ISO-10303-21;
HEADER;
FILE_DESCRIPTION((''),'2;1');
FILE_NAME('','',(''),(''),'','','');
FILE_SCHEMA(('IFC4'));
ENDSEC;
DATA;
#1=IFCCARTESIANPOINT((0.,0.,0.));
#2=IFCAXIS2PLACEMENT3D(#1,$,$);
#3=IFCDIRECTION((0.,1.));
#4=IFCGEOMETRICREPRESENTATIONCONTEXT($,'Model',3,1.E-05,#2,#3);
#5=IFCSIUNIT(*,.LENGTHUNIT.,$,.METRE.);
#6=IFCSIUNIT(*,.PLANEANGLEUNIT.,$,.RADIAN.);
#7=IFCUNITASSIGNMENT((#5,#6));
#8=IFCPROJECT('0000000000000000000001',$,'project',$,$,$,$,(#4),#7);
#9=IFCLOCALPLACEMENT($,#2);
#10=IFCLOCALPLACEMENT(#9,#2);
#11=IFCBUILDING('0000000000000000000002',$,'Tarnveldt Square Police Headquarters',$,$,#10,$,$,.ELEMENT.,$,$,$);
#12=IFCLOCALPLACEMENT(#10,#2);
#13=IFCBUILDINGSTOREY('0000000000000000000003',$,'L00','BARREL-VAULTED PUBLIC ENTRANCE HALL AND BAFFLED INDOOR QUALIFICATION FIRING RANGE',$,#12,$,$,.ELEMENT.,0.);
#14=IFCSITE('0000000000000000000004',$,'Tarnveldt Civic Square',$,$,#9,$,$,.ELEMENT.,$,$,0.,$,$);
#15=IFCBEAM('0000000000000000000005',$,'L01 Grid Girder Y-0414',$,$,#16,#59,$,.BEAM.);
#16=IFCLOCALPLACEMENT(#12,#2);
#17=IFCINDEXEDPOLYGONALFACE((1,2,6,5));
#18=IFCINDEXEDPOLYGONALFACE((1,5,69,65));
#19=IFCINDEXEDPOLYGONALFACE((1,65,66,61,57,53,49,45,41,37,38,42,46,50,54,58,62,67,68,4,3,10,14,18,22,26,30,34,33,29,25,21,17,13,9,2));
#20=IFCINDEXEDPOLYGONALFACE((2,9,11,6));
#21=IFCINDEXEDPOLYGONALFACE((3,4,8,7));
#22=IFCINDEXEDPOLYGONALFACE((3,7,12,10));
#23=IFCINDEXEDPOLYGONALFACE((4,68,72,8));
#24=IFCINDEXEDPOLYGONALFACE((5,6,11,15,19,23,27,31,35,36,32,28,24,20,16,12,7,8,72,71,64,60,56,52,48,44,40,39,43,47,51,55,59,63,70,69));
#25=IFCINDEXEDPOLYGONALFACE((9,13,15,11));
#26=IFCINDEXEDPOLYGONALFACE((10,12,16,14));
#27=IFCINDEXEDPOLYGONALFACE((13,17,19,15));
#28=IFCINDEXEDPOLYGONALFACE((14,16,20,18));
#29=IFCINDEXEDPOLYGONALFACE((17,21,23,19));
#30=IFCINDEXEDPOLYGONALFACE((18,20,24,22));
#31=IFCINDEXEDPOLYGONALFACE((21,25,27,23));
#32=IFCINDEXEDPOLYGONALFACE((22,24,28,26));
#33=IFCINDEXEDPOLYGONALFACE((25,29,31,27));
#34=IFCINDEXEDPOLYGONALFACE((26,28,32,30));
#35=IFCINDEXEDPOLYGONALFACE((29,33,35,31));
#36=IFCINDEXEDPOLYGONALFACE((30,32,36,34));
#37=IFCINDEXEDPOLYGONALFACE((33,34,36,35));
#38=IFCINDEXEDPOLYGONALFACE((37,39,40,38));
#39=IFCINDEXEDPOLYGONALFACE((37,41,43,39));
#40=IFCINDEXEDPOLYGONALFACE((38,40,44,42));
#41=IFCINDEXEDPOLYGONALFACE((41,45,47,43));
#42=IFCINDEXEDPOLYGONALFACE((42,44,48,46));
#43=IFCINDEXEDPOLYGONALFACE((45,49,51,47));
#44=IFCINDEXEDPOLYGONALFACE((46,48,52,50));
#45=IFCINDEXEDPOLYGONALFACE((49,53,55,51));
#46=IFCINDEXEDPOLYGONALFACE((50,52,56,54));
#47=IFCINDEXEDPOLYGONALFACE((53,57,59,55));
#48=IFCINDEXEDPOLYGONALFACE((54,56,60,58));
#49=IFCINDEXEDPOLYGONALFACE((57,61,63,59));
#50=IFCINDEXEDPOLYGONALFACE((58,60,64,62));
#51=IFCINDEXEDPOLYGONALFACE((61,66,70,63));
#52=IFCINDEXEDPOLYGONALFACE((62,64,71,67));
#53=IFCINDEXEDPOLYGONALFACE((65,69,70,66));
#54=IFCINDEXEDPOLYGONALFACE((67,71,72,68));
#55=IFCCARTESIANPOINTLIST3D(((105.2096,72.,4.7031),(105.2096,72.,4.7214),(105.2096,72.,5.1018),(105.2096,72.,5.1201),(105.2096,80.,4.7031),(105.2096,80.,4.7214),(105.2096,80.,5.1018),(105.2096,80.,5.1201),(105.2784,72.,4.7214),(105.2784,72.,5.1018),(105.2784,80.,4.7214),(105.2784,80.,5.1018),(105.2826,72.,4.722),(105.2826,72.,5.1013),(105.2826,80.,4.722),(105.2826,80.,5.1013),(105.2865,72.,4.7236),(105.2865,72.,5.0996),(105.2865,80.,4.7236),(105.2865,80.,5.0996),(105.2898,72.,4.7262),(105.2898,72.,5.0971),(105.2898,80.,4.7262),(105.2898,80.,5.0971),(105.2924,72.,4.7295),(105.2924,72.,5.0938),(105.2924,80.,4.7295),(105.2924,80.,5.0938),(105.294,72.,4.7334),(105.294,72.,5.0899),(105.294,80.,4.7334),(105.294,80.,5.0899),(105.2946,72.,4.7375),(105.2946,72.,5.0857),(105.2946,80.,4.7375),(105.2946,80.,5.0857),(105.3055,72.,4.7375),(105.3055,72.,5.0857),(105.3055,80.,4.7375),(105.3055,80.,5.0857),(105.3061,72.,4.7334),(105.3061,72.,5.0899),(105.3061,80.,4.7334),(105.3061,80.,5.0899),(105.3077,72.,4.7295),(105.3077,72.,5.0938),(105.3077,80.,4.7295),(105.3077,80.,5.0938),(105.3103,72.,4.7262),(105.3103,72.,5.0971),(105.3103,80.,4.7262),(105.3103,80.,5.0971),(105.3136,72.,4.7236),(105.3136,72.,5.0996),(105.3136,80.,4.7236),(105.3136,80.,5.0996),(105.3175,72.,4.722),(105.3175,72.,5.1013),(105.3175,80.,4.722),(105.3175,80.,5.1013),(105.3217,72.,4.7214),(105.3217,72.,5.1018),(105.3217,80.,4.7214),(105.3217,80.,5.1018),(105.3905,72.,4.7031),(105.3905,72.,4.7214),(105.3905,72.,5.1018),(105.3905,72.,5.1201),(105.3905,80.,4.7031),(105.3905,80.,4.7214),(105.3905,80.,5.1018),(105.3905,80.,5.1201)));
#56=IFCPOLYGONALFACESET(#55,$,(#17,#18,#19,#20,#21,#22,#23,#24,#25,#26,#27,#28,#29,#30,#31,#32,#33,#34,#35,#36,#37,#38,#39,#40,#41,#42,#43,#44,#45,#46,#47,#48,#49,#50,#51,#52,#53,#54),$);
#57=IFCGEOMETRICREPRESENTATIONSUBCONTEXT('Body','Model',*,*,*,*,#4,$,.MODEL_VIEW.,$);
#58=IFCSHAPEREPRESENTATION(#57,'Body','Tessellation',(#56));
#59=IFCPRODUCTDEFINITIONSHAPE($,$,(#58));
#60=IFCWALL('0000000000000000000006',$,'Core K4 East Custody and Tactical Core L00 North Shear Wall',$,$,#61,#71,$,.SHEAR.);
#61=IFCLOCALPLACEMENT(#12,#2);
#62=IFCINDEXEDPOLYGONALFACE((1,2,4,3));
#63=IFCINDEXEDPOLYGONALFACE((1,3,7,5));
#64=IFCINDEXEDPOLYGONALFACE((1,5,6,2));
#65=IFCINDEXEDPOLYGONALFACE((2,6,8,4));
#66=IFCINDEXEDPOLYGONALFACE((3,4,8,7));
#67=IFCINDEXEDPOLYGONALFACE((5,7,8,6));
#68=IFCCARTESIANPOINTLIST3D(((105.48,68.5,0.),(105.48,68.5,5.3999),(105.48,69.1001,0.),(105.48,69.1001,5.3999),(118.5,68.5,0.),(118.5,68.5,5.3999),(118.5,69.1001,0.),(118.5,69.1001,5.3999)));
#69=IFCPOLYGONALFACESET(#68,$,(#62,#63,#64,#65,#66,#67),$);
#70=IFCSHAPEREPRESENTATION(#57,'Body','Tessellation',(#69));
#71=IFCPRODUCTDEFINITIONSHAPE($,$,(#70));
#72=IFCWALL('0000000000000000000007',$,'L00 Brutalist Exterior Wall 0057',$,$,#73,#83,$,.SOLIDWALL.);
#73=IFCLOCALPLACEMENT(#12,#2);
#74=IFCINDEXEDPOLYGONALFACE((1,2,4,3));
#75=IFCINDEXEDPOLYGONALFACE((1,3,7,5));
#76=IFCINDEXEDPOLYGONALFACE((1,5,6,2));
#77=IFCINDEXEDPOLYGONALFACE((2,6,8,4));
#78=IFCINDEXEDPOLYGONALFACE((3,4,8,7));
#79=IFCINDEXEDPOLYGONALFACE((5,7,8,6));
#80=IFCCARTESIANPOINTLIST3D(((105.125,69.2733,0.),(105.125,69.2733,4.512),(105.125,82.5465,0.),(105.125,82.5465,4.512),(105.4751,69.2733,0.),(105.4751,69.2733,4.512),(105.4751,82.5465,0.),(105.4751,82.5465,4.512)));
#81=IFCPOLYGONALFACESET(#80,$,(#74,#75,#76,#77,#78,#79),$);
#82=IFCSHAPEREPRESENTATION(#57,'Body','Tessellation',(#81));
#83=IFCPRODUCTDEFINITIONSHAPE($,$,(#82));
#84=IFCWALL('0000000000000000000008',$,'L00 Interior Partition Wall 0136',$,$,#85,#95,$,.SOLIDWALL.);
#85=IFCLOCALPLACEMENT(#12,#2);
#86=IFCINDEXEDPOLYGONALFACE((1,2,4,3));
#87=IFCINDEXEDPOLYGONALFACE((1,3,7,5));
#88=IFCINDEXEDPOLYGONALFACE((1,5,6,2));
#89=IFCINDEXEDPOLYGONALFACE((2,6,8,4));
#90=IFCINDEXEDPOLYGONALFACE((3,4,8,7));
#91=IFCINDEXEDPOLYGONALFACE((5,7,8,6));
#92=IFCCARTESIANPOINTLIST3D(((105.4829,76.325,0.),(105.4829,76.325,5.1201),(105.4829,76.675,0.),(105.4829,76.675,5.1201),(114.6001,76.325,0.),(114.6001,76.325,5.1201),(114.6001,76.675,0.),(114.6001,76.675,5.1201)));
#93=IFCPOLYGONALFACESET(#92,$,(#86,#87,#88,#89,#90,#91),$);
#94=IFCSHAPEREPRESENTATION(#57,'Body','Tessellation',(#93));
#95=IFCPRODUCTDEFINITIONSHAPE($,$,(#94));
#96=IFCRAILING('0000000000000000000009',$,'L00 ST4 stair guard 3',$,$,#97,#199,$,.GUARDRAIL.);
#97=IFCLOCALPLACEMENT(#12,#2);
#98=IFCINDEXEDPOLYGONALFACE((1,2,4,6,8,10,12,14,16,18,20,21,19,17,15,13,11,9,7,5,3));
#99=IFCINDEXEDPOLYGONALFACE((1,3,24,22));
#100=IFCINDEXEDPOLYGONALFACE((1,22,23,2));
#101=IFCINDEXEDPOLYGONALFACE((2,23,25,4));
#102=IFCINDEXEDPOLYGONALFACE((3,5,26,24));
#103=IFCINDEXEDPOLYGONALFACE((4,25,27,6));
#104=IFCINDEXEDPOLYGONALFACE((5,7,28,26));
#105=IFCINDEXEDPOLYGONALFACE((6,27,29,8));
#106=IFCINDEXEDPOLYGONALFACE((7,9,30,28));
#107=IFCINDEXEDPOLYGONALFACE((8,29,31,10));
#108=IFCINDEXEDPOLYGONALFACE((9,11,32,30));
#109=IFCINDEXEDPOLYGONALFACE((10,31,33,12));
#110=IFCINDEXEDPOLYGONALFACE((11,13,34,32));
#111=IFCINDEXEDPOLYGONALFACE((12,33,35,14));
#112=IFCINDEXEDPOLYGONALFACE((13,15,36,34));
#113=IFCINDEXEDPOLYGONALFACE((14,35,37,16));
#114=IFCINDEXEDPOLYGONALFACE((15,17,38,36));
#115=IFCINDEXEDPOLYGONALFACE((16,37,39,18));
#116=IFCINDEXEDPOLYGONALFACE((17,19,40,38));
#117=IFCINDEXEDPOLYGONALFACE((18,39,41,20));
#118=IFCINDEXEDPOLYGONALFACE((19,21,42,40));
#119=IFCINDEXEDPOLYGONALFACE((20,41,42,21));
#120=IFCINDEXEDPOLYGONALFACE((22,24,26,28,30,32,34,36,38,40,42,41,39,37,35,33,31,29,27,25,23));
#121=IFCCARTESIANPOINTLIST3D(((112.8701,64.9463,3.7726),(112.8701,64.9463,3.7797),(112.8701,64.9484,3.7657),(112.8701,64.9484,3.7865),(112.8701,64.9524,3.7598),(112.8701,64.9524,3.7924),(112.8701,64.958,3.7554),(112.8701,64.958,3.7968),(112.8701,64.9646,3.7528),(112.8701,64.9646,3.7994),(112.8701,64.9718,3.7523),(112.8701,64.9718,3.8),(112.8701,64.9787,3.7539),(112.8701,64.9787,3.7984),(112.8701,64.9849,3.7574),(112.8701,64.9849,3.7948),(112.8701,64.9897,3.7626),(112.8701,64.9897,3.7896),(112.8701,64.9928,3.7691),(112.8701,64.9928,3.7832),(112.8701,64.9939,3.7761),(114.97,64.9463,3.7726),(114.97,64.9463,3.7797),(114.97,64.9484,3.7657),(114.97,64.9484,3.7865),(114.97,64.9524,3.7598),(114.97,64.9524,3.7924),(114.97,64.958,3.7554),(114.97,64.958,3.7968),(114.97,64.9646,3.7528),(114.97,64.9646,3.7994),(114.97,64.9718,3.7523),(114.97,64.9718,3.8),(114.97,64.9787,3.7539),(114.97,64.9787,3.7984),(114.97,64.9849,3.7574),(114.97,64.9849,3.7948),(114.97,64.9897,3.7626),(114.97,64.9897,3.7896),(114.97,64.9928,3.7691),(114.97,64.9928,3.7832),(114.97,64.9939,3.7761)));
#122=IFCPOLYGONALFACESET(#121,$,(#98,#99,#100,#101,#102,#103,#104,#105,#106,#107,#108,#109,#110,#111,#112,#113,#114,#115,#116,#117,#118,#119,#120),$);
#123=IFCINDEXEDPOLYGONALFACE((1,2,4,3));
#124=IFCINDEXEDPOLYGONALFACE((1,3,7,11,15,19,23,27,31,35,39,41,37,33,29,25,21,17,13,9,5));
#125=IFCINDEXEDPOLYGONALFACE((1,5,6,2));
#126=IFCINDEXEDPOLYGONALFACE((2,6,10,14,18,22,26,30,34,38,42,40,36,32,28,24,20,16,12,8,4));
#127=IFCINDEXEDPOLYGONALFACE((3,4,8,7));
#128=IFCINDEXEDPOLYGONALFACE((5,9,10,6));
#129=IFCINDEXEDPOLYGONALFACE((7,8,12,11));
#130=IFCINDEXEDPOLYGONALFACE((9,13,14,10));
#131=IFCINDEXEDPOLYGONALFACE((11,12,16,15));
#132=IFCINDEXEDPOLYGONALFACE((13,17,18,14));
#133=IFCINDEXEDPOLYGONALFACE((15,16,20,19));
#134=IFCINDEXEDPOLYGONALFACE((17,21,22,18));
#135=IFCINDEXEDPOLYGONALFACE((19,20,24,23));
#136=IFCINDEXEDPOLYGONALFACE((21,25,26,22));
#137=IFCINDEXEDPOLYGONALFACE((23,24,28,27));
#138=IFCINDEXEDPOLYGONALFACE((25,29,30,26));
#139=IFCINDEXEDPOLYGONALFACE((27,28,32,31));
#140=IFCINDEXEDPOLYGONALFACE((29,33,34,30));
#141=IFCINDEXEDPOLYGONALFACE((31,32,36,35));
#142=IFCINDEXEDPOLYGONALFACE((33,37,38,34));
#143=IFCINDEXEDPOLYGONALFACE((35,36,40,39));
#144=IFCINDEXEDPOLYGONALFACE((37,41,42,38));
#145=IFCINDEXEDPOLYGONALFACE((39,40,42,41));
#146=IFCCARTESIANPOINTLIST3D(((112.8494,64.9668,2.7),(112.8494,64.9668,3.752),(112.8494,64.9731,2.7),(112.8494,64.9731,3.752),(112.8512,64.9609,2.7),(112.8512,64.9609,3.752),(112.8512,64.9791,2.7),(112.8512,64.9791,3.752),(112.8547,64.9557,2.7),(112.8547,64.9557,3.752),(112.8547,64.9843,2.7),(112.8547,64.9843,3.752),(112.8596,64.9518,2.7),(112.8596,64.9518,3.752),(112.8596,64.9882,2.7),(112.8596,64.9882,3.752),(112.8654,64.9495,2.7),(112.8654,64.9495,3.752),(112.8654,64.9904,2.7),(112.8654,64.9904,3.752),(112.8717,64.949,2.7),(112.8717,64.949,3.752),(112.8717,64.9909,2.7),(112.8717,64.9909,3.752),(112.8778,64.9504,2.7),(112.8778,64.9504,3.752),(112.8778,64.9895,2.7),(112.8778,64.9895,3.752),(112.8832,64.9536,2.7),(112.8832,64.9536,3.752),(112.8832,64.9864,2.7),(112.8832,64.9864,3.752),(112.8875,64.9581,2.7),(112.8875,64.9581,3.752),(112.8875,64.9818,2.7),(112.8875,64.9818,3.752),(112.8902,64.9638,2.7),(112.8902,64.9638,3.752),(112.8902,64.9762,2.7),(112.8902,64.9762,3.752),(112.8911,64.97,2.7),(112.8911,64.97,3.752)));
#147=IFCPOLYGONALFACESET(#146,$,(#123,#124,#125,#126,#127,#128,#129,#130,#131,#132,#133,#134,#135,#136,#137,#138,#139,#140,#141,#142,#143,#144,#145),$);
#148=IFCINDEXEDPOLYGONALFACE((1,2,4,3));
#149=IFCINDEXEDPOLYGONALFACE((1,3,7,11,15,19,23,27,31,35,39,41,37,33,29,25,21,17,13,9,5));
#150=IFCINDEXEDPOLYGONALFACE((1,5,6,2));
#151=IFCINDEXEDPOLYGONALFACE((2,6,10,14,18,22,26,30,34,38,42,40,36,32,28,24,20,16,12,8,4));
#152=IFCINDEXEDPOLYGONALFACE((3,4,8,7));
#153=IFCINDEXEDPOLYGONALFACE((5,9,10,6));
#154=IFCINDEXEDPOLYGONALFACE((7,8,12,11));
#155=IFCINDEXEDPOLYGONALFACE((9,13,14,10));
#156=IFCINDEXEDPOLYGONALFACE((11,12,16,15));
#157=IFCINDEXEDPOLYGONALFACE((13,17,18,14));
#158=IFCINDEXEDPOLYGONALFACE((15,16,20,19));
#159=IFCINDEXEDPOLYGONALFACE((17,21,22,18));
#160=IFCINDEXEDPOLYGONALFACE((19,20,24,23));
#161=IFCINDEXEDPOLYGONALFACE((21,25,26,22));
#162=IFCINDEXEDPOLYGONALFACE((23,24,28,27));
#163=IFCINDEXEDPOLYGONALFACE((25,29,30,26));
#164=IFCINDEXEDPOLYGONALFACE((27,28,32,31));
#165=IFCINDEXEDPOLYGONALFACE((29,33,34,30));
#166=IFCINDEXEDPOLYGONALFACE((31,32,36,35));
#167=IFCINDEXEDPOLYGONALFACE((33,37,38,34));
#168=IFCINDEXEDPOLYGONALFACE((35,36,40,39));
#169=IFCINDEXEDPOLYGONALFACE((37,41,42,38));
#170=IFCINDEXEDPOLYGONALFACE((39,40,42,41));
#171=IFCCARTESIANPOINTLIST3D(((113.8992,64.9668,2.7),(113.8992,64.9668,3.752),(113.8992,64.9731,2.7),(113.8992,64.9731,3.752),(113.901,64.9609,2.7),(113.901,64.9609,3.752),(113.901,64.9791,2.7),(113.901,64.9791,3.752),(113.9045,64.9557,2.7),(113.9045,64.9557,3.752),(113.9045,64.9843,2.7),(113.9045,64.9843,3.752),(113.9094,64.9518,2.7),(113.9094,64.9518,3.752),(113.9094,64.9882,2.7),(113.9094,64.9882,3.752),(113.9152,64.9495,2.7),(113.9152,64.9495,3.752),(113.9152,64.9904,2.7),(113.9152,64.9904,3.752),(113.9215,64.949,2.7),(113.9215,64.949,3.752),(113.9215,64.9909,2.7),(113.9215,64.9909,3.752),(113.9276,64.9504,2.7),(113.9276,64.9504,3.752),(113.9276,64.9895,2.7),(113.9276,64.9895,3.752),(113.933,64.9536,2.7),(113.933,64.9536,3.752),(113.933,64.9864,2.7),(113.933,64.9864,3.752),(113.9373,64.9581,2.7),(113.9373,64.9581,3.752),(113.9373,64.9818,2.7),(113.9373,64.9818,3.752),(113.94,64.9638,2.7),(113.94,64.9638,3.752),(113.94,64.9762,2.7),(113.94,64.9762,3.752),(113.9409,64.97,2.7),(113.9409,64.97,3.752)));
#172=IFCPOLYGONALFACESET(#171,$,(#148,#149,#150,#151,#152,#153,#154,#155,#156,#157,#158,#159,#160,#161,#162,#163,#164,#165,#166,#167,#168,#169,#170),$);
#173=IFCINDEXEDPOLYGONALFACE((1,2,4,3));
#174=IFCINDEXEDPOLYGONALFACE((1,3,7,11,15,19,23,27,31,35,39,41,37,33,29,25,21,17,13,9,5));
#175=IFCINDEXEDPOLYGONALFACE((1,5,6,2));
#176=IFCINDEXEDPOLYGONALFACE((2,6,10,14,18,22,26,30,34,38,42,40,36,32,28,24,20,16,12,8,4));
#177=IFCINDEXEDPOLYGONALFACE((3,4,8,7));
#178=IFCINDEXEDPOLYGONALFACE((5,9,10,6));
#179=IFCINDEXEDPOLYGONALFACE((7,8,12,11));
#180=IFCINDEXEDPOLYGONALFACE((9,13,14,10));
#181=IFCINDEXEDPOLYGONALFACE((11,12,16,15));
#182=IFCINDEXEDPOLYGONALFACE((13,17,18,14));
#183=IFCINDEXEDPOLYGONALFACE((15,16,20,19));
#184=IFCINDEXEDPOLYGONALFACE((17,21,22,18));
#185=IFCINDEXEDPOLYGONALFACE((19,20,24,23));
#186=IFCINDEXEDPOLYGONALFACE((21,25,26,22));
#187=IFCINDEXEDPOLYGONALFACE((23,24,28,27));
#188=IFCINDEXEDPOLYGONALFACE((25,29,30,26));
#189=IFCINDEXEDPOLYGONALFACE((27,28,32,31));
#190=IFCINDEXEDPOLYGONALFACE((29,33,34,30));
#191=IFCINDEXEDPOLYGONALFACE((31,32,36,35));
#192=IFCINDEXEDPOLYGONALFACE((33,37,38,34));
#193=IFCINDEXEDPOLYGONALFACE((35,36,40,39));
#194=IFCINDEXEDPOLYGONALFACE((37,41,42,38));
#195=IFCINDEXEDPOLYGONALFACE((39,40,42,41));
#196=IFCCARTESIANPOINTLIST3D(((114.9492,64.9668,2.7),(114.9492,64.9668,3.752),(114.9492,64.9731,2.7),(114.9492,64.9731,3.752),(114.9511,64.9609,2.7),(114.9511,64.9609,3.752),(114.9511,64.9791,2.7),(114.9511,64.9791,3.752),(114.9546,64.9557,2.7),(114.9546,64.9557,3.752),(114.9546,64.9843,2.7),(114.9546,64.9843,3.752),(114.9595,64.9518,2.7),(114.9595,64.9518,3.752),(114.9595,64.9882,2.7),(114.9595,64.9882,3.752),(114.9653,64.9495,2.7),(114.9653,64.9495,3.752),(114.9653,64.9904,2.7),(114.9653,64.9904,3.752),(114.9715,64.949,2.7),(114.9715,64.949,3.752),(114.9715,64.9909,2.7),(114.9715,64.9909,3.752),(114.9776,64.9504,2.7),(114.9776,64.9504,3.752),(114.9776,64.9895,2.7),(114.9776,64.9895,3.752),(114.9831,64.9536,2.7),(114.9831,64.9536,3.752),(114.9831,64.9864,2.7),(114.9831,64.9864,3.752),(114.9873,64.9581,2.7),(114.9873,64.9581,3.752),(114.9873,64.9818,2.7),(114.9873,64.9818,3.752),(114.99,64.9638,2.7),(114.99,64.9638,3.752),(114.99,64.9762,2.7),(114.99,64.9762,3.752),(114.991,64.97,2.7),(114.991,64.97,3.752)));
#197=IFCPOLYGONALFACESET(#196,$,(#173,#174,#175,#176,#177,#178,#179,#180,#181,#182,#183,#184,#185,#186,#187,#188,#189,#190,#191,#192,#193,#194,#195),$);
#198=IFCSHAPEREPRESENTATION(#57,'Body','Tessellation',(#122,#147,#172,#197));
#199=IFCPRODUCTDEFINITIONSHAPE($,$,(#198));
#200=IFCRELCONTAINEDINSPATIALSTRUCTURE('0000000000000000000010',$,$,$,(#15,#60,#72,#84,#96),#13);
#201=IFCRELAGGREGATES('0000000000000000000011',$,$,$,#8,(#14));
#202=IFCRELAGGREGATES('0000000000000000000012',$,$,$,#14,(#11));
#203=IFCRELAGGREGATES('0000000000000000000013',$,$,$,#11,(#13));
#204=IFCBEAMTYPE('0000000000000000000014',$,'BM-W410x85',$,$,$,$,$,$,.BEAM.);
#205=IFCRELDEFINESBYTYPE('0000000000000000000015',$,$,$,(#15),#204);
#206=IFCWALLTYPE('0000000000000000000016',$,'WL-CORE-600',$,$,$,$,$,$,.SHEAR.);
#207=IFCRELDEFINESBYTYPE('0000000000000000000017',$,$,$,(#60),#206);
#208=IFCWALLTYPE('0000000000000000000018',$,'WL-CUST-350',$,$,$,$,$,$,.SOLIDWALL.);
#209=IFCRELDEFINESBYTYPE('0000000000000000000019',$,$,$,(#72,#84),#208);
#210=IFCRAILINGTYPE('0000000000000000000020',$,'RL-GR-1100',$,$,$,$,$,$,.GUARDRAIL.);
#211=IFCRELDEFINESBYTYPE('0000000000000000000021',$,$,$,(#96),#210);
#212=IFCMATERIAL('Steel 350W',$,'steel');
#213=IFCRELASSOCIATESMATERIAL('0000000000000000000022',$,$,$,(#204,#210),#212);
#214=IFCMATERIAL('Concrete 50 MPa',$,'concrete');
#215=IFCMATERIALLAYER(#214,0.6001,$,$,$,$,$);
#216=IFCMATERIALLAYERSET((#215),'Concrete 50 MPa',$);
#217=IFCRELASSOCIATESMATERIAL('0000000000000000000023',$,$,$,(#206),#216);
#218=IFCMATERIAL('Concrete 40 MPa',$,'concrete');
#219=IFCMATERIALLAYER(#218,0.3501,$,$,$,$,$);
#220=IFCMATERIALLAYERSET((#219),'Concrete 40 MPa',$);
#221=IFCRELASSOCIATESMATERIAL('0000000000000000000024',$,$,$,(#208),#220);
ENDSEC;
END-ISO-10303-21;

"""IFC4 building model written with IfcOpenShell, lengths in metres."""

from ifc_helpers import new_model, si_unit, direction, frame, frame_2d, origin, origin_2d, place, context, subcontext, project, spatial, rectangle, circle, i_section, extrude, material, layer, layer_set, material_profile, profile_set, type_object, element, save


model = new_model("IFC4")

# Units and contexts
model_context = context("Model", 3, precision=1e-05, world=origin(), true_north=direction((0.0, 1.0)))
body_context = subcontext(model_context, "Body", "Model", "MODEL_VIEW")
ifc_project = project(units=[si_unit("LENGTHUNIT", "METRE"), si_unit("PLANEANGLEUNIT", "RADIAN")], contexts=[model_context])

# Site, building, storey
site_placement = place(None, origin())
site = spatial("IfcSite", under=ifc_project, at=site_placement, Name="Tarnveldt Civic Square", CompositionType="ELEMENT", RefElevation=0.0)
building_placement = place(site_placement, origin())
building = spatial("IfcBuilding", under=site, at=building_placement, Name="Tarnveldt Square Police Headquarters", CompositionType="ELEMENT")
storey_placement = place(building_placement, origin())
storey = spatial("IfcBuildingStorey", under=building, at=storey_placement, Name="L00", Description="BARREL-VAULTED PUBLIC ENTRANCE HALL AND BAFFLED INDOOR QUALIFICATION FIRING RANGE", CompositionType="ELEMENT", Elevation=0.0)

# Shared definitions
ifc_material_1 = material(Name="Concrete 50 MPa", Category="concrete")

# Beam
ifc_material_2 = material(Name="Concrete 40 MPa", Category="concrete")
ifc_material_3 = material(Name="Steel 350W", Category="steel")
ifc_material_profile_1 = material_profile(ifc_material_3, i_section(OverallWidth=0.1809, OverallDepth=0.417, WebThickness=0.011, FlangeThickness=0.0183, FilletRadius=0.0161, at=origin_2d()), Name="W410x85")
ifc_profile_set_1 = profile_set([ifc_material_profile_1], Name="Steel 350W")
beam_type_1 = type_object("IfcBeamType", Name="BM-W410x85", PredefinedType="BEAM", material=ifc_profile_set_1)
beam_1_placement = place(storey_placement, frame((105.3, 72.0, 4.9116), z_axis=(0.0, 1.0, 0.0), x_axis=(-1.0, 0.0, 0.0)))
element("IfcBeam", 1, at=beam_1_placement, inside=storey, type_object=beam_type_1, Name="L01 Grid Girder Y-0414", PredefinedType="BEAM", context=body_context, shape_type="SweptSolid", body=[
    extrude(i_section(OverallWidth=0.1809, OverallDepth=0.417, WebThickness=0.011, FlangeThickness=0.0183, FilletRadius=0.0161, at=origin_2d()), origin(), (0.0, 0.0, 1.0), 8.0),
])

# Walls
ifc_layer_1 = layer(ifc_material_1, 0.6001)
ifc_layer_set_1 = layer_set([ifc_layer_1], Name="Concrete 50 MPa")
wall_type_1 = type_object("IfcWallType", Name="WL-CORE-600", PredefinedType="SHEAR", material=ifc_layer_set_1)
wall_1_placement = place(storey_placement, frame((105.48, 68.8, 0.0), z_axis=(0.0, 0.0, 1.0), x_axis=(1.0, 0.0, 0.0)))
element("IfcWall", 2, at=wall_1_placement, inside=storey, type_object=wall_type_1, Name="Core K4 East Custody and Tactical Core L00 North Shear Wall", PredefinedType="SHEAR", context=body_context, shape_type="SweptSolid", body=[
    extrude(rectangle(XDim=13.02, YDim=0.6001, at=frame_2d((6.51, 0.0))), origin(), (0.0, 0.0, 1.0), 5.3999),
])
ifc_layer_2 = layer(ifc_material_2, 0.3501)
ifc_layer_set_2 = layer_set([ifc_layer_2], Name="Concrete 40 MPa")
wall_type_2 = type_object("IfcWallType", Name="WL-CUST-350", PredefinedType="SOLIDWALL", material=ifc_layer_set_2)
wall_2_placement = place(storey_placement, frame((105.3, 82.5466, 0.0), z_axis=(0.0, 0.0, 1.0), x_axis=(0.0, -1.0, 0.0)))
element("IfcWall", 3, at=wall_2_placement, inside=storey, type_object=wall_type_2, Name="L00 Brutalist Exterior Wall 0057", PredefinedType="SOLIDWALL", context=body_context, shape_type="SweptSolid", body=[
    extrude(rectangle(XDim=13.2732, YDim=0.3501, at=frame_2d((6.6367, 0.0))), origin(), (0.0, 0.0, 1.0), 4.512),
])

# Wall
wall_3_placement = place(storey_placement, frame((105.4829, 76.5, 0.0), z_axis=(0.0, 0.0, 1.0), x_axis=(1.0, 0.0, 0.0)))
element("IfcWall", 4, at=wall_3_placement, inside=storey, type_object=wall_type_2, Name="L00 Interior Partition Wall 0136", PredefinedType="SOLIDWALL", context=body_context, shape_type="SweptSolid", body=[
    extrude(rectangle(XDim=9.1172, YDim=0.3501, at=frame_2d((4.5586, 0.0))), origin(), (0.0, 0.0, 1.0), 5.1201),
])

# Railing
railing_type_1 = type_object("IfcRailingType", Name="RL-GR-1100", PredefinedType="GUARDRAIL", material=ifc_material_3)
railing_1_placement = place(storey_placement, frame((112.8701, 64.97, 2.7)))
element("IfcRailing", 5, at=railing_1_placement, inside=storey, type_object=railing_type_1, Name="L00 ST4 stair guard 3", PredefinedType="GUARDRAIL", context=body_context, shape_type="SweptSolid", body=[
    extrude(circle(Radius=0.0239, at=origin_2d()), frame((0.0, 0.0, 1.0762), z_axis=(1.0, 0.0, 0.0), x_axis=(0.0, 1.0, 0.0)), (0.0, 0.0, 1.0), 2.0999),
    extrude(circle(Radius=0.021, at=origin_2d()), origin(), (0.0, 0.0, 1.0), 1.052),
    extrude(circle(Radius=0.021, at=origin_2d()), frame((1.0498, 0.0, 0.0)), (0.0, 0.0, 1.0), 1.052),
    extrude(circle(Radius=0.021, at=origin_2d()), frame((2.0999, 0.0, 0.0)), (0.0, 0.0, 1.0), 1.052),
])

save(model, "model.ifc")
